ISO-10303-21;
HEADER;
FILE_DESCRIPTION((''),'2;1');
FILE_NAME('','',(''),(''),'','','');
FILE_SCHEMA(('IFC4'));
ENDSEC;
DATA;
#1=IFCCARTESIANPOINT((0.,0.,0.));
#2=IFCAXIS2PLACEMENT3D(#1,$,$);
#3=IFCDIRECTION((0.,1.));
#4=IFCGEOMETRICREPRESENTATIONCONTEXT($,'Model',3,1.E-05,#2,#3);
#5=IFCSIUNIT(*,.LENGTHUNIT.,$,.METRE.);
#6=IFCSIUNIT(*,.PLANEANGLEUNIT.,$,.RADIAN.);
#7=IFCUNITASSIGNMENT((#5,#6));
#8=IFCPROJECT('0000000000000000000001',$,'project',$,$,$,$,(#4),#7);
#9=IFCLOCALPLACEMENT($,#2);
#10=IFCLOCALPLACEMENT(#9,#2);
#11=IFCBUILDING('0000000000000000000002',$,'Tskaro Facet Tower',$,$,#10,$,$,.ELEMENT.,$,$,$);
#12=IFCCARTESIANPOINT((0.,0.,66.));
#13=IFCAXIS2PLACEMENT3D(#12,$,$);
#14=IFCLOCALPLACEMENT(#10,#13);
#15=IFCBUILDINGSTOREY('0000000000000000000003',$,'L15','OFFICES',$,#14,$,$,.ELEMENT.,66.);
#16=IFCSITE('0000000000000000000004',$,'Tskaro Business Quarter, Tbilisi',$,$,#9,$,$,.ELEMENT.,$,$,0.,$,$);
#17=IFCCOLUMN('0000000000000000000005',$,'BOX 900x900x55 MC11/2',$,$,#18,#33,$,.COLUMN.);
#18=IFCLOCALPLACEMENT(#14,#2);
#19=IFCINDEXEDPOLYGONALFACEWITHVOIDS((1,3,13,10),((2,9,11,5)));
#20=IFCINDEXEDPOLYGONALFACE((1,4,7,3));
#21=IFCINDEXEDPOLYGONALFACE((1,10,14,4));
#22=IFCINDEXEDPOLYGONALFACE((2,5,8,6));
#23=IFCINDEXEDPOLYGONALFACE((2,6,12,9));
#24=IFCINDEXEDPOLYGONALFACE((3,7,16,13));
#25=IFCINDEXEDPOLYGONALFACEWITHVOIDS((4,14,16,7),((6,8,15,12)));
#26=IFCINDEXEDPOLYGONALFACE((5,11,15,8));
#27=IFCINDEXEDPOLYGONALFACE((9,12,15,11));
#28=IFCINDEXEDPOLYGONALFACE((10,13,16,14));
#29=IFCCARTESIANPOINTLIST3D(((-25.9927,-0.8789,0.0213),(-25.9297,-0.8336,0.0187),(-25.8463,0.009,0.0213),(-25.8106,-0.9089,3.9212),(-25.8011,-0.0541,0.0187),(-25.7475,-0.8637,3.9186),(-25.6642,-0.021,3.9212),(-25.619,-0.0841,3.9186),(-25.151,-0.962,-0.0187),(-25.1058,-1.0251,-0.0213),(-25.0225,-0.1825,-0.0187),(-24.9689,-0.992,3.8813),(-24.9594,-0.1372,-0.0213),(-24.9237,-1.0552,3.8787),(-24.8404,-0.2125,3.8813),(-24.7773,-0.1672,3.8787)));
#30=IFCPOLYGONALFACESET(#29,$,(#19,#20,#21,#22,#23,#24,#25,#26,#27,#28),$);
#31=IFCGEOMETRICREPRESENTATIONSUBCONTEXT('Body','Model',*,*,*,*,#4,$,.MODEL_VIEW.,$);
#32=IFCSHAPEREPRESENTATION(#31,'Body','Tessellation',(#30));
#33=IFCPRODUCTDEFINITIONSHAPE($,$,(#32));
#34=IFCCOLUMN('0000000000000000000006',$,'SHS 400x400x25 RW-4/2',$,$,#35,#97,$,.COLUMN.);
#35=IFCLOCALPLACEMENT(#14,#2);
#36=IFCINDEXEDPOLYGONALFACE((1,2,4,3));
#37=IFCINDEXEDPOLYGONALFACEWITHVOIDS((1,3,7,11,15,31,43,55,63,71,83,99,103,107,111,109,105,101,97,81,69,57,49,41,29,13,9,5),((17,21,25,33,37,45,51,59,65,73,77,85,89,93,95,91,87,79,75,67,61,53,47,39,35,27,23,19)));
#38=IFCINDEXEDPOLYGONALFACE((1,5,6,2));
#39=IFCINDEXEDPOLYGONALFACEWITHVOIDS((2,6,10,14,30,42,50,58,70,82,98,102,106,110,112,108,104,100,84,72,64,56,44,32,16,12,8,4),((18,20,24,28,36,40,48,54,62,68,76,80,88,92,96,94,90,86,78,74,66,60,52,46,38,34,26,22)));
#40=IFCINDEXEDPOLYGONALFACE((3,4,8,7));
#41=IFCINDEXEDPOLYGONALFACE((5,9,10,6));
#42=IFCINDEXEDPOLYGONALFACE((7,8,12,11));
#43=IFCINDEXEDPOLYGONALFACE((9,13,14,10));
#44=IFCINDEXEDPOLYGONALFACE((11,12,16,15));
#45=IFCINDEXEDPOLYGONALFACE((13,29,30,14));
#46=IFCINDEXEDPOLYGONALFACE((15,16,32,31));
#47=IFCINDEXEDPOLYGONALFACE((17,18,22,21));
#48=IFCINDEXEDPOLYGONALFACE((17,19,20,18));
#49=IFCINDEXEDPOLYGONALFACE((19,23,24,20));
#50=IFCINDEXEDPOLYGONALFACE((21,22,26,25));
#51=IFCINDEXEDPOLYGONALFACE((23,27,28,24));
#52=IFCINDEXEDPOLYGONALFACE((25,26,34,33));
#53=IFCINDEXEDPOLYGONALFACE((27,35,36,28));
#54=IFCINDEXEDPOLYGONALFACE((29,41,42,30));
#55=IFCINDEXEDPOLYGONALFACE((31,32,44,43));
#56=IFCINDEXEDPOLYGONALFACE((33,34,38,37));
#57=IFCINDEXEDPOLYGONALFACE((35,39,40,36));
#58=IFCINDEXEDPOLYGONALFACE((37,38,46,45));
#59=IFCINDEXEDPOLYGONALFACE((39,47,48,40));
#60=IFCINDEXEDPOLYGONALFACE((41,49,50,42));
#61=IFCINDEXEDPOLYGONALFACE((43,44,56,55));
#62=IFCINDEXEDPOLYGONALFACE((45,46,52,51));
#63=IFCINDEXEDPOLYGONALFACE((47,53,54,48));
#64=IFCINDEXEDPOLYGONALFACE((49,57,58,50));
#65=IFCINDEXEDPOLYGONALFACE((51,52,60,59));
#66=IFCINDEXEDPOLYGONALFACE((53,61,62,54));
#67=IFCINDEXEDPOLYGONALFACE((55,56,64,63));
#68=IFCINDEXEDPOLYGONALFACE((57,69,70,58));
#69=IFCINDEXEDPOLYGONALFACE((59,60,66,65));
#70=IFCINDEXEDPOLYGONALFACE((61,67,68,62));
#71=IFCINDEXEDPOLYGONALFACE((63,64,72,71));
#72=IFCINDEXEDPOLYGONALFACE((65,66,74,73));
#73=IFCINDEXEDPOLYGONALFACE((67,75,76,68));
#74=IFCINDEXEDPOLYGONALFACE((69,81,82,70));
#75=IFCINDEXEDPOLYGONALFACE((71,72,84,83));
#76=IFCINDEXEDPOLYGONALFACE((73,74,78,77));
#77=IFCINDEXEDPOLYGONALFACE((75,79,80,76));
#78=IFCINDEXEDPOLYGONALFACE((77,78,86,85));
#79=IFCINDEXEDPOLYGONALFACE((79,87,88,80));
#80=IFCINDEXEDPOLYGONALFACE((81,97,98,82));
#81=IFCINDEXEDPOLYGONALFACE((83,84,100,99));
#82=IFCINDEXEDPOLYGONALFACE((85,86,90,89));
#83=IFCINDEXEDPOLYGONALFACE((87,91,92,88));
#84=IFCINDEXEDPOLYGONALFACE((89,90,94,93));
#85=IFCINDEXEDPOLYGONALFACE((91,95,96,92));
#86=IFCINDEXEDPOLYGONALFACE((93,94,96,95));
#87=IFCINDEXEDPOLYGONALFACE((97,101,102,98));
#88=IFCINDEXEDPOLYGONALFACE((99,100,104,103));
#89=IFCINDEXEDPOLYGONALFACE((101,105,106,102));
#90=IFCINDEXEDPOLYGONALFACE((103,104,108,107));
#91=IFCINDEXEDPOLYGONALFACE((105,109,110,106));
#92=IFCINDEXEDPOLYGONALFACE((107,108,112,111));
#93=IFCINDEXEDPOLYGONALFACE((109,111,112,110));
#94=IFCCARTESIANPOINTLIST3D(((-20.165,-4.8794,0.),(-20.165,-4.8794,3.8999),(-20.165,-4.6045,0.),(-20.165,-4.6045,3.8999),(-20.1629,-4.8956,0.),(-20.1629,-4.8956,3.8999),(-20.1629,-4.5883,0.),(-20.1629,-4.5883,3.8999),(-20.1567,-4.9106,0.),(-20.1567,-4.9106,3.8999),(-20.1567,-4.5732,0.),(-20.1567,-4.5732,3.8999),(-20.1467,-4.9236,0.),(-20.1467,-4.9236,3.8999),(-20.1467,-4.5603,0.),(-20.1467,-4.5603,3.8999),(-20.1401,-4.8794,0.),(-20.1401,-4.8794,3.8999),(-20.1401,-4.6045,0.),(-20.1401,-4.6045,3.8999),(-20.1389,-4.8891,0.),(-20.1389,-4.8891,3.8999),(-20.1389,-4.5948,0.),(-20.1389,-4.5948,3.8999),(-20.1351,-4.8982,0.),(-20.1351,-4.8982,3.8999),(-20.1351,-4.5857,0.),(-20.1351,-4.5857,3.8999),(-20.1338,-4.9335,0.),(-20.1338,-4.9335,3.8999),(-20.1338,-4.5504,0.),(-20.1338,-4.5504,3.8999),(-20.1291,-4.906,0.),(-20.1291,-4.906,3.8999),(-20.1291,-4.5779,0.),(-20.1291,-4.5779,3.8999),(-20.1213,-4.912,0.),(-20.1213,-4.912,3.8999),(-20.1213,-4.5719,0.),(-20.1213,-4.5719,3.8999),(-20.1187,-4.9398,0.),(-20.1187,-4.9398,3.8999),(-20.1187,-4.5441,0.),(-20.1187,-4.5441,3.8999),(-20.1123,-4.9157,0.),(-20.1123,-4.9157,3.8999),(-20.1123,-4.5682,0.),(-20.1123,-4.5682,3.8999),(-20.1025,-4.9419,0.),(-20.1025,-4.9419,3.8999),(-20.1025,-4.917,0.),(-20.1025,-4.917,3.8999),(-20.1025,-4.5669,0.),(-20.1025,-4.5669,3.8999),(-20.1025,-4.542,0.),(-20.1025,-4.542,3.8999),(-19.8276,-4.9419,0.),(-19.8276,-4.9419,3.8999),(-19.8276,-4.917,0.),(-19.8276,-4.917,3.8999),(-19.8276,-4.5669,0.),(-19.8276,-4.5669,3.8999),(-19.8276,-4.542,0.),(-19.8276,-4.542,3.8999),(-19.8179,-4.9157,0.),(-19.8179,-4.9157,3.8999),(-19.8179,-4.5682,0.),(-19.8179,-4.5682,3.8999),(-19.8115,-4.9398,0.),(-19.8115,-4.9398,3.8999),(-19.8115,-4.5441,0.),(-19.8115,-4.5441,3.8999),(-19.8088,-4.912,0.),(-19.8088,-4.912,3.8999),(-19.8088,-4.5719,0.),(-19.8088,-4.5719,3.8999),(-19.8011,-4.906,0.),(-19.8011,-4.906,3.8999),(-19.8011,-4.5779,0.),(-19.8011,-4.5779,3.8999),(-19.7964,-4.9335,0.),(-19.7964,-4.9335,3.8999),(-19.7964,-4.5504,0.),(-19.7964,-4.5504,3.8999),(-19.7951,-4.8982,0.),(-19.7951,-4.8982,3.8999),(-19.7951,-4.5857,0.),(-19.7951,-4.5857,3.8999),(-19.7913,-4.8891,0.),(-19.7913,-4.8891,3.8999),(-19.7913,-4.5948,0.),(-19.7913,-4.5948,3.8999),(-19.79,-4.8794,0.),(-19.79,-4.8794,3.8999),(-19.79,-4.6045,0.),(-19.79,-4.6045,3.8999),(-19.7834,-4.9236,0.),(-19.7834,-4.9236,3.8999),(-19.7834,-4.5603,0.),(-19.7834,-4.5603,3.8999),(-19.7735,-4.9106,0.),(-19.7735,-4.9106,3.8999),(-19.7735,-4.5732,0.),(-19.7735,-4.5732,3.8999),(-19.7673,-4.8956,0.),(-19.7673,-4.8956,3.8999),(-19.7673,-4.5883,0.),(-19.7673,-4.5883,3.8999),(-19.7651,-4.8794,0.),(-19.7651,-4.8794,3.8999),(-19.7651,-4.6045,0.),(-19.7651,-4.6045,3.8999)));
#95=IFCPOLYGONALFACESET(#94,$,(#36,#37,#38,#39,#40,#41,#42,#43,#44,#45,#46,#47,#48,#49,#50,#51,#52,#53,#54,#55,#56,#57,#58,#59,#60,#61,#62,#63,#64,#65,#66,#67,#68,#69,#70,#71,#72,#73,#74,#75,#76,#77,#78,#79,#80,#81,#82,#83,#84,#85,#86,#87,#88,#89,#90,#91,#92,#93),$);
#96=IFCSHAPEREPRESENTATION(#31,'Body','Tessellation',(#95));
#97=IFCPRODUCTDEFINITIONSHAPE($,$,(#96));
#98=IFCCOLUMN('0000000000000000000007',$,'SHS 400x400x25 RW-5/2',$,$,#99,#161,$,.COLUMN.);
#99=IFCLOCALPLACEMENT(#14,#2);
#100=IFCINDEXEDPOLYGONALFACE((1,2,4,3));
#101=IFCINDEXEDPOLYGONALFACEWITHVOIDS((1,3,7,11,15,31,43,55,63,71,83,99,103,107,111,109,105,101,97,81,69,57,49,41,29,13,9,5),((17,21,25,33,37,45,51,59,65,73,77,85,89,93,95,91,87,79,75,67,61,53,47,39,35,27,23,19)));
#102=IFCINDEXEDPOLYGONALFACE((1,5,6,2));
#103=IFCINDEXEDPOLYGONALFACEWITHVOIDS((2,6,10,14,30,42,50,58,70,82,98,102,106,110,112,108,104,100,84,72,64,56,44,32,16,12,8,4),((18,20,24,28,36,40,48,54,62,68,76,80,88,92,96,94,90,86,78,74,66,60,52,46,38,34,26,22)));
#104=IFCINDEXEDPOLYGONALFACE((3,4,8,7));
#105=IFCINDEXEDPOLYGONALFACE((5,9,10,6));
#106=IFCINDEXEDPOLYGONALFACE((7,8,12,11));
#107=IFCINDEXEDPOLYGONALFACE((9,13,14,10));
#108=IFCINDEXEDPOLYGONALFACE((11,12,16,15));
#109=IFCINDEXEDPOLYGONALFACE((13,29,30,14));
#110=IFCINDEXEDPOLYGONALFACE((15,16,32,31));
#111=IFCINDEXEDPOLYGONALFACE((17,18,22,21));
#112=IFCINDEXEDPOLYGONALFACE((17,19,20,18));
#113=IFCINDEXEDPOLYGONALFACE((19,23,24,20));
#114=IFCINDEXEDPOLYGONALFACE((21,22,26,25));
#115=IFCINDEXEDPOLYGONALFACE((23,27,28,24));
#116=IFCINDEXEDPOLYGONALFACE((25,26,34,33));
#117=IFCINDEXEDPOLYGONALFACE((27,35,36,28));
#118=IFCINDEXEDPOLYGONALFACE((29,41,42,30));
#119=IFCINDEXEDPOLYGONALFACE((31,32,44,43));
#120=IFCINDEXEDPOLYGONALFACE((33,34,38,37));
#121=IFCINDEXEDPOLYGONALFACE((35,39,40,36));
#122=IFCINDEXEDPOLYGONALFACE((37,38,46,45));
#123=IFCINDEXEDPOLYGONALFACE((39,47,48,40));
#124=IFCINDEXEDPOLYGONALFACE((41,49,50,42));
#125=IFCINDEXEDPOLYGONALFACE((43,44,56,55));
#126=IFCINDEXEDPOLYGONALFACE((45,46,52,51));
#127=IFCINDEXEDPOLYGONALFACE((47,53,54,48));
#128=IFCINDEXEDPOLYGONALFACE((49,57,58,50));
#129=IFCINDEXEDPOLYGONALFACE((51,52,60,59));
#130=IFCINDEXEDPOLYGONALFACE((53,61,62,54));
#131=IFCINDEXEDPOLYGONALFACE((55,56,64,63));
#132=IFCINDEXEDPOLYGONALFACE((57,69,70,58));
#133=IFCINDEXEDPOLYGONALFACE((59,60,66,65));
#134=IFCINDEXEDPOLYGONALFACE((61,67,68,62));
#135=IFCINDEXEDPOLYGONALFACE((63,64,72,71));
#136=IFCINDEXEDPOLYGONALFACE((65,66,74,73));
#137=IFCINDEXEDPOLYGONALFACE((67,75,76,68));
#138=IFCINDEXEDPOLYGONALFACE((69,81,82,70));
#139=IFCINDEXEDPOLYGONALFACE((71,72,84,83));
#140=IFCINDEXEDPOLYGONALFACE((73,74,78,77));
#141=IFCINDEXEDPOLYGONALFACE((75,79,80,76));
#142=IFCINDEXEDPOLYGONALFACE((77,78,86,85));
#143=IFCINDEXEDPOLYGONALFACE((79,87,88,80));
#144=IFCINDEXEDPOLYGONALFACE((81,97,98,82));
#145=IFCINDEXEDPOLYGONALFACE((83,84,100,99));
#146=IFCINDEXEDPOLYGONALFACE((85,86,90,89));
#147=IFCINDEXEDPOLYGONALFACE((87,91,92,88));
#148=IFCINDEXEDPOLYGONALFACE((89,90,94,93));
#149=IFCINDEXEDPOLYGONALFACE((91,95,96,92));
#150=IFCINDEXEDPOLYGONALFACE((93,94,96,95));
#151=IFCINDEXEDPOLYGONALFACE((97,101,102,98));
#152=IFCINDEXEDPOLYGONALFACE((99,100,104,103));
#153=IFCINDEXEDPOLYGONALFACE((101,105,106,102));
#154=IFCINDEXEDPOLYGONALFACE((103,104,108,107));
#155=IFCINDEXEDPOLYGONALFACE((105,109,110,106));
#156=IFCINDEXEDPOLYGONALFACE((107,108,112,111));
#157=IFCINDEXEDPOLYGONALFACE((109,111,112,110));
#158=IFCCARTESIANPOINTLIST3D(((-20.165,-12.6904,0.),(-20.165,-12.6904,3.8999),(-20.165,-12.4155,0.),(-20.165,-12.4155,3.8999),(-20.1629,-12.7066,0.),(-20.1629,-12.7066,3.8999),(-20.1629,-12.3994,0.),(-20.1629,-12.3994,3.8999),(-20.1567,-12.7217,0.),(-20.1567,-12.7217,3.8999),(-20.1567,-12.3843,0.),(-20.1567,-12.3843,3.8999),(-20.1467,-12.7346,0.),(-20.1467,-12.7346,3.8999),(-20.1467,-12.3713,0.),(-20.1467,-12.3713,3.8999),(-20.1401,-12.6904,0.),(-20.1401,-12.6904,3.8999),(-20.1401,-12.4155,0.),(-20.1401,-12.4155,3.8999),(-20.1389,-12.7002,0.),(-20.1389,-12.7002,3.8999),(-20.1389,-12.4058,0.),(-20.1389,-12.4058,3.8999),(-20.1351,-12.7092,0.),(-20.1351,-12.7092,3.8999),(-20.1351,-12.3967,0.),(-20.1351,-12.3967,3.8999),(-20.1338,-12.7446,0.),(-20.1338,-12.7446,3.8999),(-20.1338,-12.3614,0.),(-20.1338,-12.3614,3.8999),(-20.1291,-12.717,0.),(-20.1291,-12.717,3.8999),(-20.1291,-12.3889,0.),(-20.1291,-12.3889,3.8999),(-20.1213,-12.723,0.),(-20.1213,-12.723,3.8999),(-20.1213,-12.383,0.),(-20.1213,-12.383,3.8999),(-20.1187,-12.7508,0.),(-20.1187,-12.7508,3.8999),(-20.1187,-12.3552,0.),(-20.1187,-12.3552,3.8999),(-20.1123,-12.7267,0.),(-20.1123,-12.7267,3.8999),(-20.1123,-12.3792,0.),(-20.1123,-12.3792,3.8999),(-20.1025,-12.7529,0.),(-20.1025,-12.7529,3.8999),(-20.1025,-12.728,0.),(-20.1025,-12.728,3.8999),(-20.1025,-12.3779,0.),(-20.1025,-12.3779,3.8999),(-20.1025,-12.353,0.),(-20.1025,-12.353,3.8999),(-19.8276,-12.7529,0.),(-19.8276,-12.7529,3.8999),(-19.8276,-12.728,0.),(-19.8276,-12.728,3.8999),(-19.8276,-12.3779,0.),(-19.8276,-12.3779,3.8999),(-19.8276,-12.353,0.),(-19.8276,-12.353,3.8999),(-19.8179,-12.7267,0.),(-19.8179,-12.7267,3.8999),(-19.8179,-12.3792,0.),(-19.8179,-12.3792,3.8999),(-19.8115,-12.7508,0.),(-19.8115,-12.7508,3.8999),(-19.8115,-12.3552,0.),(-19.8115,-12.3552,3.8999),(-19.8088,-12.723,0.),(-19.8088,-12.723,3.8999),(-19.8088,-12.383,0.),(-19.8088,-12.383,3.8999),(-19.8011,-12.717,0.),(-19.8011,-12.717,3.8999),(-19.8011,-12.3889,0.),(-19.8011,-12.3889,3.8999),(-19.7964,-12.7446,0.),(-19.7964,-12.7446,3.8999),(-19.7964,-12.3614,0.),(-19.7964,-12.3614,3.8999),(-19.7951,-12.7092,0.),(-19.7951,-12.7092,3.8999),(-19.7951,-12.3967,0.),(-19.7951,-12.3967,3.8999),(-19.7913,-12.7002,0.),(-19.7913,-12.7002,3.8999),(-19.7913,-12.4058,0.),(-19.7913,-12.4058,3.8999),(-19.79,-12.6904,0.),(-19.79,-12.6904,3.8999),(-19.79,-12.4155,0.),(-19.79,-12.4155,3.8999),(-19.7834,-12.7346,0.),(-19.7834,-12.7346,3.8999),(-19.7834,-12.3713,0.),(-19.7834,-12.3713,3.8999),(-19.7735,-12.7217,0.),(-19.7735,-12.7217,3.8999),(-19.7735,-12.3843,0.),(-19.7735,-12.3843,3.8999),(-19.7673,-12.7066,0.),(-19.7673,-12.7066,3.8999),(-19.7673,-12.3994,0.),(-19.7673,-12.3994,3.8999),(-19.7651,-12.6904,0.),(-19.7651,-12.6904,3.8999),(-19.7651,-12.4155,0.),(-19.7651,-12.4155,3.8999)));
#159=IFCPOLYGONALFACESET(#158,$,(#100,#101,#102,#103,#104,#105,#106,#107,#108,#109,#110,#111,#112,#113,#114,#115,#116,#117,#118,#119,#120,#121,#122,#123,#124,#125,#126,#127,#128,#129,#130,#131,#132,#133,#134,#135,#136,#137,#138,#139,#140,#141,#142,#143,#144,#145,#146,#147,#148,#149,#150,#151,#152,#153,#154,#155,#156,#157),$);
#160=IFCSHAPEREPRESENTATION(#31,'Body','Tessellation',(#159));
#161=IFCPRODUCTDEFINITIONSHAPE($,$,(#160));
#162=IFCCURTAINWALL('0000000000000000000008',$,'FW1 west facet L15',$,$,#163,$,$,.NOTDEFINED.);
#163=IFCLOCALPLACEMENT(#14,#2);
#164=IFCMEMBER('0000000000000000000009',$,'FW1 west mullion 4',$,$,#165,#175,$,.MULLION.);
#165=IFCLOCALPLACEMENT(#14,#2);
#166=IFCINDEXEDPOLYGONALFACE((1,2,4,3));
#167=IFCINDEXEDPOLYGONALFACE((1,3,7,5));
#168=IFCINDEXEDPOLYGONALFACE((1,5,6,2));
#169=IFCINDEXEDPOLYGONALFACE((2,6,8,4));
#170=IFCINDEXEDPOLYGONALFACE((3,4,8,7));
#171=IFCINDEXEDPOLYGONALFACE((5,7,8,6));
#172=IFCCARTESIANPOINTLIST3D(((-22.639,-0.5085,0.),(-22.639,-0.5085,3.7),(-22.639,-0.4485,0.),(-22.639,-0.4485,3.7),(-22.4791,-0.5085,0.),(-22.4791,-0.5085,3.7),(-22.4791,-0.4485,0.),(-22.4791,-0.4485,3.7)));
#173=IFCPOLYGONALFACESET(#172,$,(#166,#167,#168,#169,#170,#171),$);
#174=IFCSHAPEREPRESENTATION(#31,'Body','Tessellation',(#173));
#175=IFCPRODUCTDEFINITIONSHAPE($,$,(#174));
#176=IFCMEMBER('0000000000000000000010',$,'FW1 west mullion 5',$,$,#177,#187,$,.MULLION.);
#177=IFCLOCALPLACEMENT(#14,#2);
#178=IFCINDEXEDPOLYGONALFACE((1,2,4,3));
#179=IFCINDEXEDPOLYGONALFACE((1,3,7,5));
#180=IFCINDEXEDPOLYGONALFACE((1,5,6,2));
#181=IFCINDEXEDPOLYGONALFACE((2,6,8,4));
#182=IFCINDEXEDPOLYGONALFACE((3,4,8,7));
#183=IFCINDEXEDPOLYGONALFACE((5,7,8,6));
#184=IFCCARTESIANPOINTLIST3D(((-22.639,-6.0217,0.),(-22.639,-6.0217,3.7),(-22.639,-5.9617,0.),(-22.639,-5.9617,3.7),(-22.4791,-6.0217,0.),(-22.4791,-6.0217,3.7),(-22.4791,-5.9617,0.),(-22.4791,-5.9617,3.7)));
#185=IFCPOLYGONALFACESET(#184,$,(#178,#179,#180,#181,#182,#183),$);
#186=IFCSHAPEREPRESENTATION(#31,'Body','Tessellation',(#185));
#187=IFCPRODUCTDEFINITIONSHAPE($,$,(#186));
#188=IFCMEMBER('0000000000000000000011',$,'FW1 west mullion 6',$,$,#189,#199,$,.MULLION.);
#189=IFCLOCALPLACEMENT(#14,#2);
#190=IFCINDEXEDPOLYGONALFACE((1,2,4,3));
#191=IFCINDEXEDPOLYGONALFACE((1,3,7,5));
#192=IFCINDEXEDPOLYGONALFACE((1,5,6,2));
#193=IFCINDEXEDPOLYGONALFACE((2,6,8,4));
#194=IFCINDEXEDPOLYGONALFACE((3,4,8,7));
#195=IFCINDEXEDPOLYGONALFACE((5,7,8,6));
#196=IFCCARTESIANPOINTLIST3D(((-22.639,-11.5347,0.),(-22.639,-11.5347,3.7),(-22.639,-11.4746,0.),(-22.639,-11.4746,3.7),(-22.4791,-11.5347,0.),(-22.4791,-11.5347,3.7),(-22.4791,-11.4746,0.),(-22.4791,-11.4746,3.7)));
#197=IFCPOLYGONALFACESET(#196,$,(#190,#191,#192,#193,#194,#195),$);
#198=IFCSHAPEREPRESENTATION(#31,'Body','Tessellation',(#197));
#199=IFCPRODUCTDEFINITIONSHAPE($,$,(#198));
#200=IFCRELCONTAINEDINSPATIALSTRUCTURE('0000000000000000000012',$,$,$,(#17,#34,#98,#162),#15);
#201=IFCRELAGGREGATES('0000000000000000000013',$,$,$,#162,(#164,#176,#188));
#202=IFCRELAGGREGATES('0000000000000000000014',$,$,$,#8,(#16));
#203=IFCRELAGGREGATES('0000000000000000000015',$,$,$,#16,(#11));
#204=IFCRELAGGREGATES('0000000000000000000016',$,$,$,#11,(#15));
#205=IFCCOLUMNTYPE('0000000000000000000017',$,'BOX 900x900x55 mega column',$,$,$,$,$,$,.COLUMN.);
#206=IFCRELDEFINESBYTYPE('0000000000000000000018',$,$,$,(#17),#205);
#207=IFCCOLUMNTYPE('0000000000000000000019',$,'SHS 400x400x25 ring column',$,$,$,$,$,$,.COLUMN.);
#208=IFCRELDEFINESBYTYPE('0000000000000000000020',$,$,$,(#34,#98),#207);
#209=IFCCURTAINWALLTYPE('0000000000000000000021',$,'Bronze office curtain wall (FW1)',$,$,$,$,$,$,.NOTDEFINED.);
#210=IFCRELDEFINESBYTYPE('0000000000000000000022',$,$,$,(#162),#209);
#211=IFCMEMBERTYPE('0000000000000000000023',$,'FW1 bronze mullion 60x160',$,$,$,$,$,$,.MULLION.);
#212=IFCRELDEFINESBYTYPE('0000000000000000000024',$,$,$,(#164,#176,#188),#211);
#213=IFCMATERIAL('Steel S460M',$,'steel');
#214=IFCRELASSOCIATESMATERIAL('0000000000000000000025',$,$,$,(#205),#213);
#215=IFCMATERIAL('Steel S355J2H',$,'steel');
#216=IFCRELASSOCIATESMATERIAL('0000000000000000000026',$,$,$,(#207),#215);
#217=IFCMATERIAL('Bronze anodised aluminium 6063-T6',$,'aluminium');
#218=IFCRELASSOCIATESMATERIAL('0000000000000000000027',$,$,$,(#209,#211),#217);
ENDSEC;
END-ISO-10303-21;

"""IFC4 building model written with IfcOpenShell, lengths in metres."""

from ifc_helpers import new_model, si_unit, direction, frame, origin, origin_2d, place, context, subcontext, project, spatial, rectangle, hollow_rectangle, extrude, material, material_profile, profile_set, type_object, element, aggregate, save


model = new_model("IFC4")

# Units and contexts
model_context = context("Model", 3, precision=1e-05, world=origin(), true_north=direction((0.0, 1.0)))
body_context = subcontext(model_context, "Body", "Model", "MODEL_VIEW")
ifc_project = project(units=[si_unit("LENGTHUNIT", "METRE"), si_unit("PLANEANGLEUNIT", "RADIAN")], contexts=[model_context])

# Site, building, storey
site_placement = place(None, origin())
site = spatial("IfcSite", under=ifc_project, at=site_placement, Name="Tskaro Business Quarter, Tbilisi", CompositionType="ELEMENT", RefElevation=0.0)
building_placement = place(site_placement, origin())
building = spatial("IfcBuilding", under=site, at=building_placement, Name="Tskaro Facet Tower", CompositionType="ELEMENT")
storey_placement = place(building_placement, frame((0.0, 0.0, 66.0)))
storey = spatial("IfcBuildingStorey", under=building, at=storey_placement, Name="L15", Description="OFFICES", CompositionType="ELEMENT", Elevation=66.0)

# Columns
ifc_material_1 = material(Name="Steel S460M", Category="steel")
ifc_material_profile_1 = material_profile(ifc_material_1, hollow_rectangle(XDim=0.8999, YDim=0.8999, WallThickness=0.0549, at=origin_2d()), Name="BOX 900x900x55")
ifc_profile_set_1 = profile_set([ifc_material_profile_1], Name="Steel S460M")
column_type_1 = type_object("IfcColumnType", Name="BOX 900x900x55 mega column", PredefinedType="COLUMN", material=ifc_profile_set_1)
column_placement = place(storey_placement, frame((-25.4761, -0.5081, 0.0), z_axis=(0.046649, -0.007691, 0.998882), x_axis=(0.162683, 0.986678, 0.0)))
element("IfcColumn", 1, at=column_placement, inside=storey, type_object=column_type_1, Name="BOX 900x900x55 MC11/2", PredefinedType="COLUMN", context=body_context, shape_type="SweptSolid", body=[
    extrude(hollow_rectangle(XDim=0.8999, YDim=0.8999, WallThickness=0.0549, at=origin_2d()), origin(), (0.0, 0.0, 1.0), 3.9043),
])
ifc_material_2 = material(Name="Steel S355J2H", Category="steel")
ifc_material_profile_2 = material_profile(ifc_material_2, hollow_rectangle(XDim=0.3999, YDim=0.3999, WallThickness=0.0249, InnerFilletRadius=0.0376, OuterFilletRadius=0.0625, at=origin_2d()), Name="SHS 400x400x25")
ifc_profile_set_2 = profile_set([ifc_material_profile_2], Name="Steel S355J2H")
column_type_2 = type_object("IfcColumnType", Name="SHS 400x400x25 ring column", PredefinedType="COLUMN", material=ifc_profile_set_2)
for number, where, z_axis, x_axis, name in (
    (2, (-19.9651, -4.7419, 0.0), (0.0, 0.0, 1.0), (1.0, 0.0, 0.0), "SHS 400x400x25 RW-4/2"),
    (3, (-19.9651, -12.553, 0.0), (0.0, 0.0, 1.0), (1.0, 0.0, 0.0), "SHS 400x400x25 RW-5/2"),
):
    element("IfcColumn", number, at=place(storey_placement, frame(where, z_axis=z_axis, x_axis=x_axis)), inside=storey, type_object=column_type_2, Name=name, PredefinedType="COLUMN", context=body_context, shape_type="SweptSolid", body=[
        extrude(hollow_rectangle(XDim=0.3999, YDim=0.3999, WallThickness=0.0249, InnerFilletRadius=0.0376, OuterFilletRadius=0.0625, at=origin_2d()), origin(), (0.0, 0.0, 1.0), 3.8999),
    ])

# Curtain wall, members
ifc_material_3 = material(Name="Bronze anodised aluminium 6063-T6", Category="aluminium")
curtain_wall_type = type_object("IfcCurtainWallType", Name="Bronze office curtain wall (FW1)", PredefinedType="NOTDEFINED", material=ifc_material_3)
curtain_wall_placement = place(storey_placement, origin())
curtain_wall = element("IfcCurtainWall", 4, at=curtain_wall_placement, inside=storey, type_object=curtain_wall_type, Name="FW1 west facet L15", PredefinedType="NOTDEFINED")
ifc_material_profile_3 = material_profile(ifc_material_3, rectangle(XDim=0.0601, YDim=0.1599, at=origin_2d()), Name="Mullion 60x160")
ifc_profile_set_3 = profile_set([ifc_material_profile_3], Name="Bronze anodised aluminium 6063-T6")
member_type_1 = type_object("IfcMemberType", Name="FW1 bronze mullion 60x160", PredefinedType="MULLION", material=ifc_profile_set_3)
member_1_placement = place(storey_placement, frame((-22.5591, -0.4785, 0.0), z_axis=(0.0, 0.0, 1.0), x_axis=(0.0, -1.0, 0.0)))
member_1 = element("IfcMember", 5, at=member_1_placement, type_object=member_type_1, Name="FW1 west mullion 4", PredefinedType="MULLION", context=body_context, shape_type="SweptSolid", body=[
    extrude(rectangle(XDim=0.0601, YDim=0.1599, at=origin_2d()), origin(), (0.0, 0.0, 1.0), 3.7),
])
member_2_placement = place(storey_placement, frame((-22.5591, -5.9917, 0.0), z_axis=(0.0, 0.0, 1.0), x_axis=(0.0, -1.0, 0.0)))
member_2 = element("IfcMember", 6, at=member_2_placement, type_object=member_type_1, Name="FW1 west mullion 5", PredefinedType="MULLION", context=body_context, shape_type="SweptSolid", body=[
    extrude(rectangle(XDim=0.0601, YDim=0.1599, at=origin_2d()), origin(), (0.0, 0.0, 1.0), 3.7),
])
member_3_placement = place(storey_placement, frame((-22.5591, -11.5046, 0.0), z_axis=(0.0, 0.0, 1.0), x_axis=(0.0, -1.0, 0.0)))
member_3 = element("IfcMember", 7, at=member_3_placement, type_object=member_type_1, Name="FW1 west mullion 6", PredefinedType="MULLION", context=body_context, shape_type="SweptSolid", body=[
    extrude(rectangle(XDim=0.0601, YDim=0.1599, at=origin_2d()), origin(), (0.0, 0.0, 1.0), 3.7),
])

aggregate(curtain_wall, [member_1, member_2, member_3])

save(model, "model.ifc")
